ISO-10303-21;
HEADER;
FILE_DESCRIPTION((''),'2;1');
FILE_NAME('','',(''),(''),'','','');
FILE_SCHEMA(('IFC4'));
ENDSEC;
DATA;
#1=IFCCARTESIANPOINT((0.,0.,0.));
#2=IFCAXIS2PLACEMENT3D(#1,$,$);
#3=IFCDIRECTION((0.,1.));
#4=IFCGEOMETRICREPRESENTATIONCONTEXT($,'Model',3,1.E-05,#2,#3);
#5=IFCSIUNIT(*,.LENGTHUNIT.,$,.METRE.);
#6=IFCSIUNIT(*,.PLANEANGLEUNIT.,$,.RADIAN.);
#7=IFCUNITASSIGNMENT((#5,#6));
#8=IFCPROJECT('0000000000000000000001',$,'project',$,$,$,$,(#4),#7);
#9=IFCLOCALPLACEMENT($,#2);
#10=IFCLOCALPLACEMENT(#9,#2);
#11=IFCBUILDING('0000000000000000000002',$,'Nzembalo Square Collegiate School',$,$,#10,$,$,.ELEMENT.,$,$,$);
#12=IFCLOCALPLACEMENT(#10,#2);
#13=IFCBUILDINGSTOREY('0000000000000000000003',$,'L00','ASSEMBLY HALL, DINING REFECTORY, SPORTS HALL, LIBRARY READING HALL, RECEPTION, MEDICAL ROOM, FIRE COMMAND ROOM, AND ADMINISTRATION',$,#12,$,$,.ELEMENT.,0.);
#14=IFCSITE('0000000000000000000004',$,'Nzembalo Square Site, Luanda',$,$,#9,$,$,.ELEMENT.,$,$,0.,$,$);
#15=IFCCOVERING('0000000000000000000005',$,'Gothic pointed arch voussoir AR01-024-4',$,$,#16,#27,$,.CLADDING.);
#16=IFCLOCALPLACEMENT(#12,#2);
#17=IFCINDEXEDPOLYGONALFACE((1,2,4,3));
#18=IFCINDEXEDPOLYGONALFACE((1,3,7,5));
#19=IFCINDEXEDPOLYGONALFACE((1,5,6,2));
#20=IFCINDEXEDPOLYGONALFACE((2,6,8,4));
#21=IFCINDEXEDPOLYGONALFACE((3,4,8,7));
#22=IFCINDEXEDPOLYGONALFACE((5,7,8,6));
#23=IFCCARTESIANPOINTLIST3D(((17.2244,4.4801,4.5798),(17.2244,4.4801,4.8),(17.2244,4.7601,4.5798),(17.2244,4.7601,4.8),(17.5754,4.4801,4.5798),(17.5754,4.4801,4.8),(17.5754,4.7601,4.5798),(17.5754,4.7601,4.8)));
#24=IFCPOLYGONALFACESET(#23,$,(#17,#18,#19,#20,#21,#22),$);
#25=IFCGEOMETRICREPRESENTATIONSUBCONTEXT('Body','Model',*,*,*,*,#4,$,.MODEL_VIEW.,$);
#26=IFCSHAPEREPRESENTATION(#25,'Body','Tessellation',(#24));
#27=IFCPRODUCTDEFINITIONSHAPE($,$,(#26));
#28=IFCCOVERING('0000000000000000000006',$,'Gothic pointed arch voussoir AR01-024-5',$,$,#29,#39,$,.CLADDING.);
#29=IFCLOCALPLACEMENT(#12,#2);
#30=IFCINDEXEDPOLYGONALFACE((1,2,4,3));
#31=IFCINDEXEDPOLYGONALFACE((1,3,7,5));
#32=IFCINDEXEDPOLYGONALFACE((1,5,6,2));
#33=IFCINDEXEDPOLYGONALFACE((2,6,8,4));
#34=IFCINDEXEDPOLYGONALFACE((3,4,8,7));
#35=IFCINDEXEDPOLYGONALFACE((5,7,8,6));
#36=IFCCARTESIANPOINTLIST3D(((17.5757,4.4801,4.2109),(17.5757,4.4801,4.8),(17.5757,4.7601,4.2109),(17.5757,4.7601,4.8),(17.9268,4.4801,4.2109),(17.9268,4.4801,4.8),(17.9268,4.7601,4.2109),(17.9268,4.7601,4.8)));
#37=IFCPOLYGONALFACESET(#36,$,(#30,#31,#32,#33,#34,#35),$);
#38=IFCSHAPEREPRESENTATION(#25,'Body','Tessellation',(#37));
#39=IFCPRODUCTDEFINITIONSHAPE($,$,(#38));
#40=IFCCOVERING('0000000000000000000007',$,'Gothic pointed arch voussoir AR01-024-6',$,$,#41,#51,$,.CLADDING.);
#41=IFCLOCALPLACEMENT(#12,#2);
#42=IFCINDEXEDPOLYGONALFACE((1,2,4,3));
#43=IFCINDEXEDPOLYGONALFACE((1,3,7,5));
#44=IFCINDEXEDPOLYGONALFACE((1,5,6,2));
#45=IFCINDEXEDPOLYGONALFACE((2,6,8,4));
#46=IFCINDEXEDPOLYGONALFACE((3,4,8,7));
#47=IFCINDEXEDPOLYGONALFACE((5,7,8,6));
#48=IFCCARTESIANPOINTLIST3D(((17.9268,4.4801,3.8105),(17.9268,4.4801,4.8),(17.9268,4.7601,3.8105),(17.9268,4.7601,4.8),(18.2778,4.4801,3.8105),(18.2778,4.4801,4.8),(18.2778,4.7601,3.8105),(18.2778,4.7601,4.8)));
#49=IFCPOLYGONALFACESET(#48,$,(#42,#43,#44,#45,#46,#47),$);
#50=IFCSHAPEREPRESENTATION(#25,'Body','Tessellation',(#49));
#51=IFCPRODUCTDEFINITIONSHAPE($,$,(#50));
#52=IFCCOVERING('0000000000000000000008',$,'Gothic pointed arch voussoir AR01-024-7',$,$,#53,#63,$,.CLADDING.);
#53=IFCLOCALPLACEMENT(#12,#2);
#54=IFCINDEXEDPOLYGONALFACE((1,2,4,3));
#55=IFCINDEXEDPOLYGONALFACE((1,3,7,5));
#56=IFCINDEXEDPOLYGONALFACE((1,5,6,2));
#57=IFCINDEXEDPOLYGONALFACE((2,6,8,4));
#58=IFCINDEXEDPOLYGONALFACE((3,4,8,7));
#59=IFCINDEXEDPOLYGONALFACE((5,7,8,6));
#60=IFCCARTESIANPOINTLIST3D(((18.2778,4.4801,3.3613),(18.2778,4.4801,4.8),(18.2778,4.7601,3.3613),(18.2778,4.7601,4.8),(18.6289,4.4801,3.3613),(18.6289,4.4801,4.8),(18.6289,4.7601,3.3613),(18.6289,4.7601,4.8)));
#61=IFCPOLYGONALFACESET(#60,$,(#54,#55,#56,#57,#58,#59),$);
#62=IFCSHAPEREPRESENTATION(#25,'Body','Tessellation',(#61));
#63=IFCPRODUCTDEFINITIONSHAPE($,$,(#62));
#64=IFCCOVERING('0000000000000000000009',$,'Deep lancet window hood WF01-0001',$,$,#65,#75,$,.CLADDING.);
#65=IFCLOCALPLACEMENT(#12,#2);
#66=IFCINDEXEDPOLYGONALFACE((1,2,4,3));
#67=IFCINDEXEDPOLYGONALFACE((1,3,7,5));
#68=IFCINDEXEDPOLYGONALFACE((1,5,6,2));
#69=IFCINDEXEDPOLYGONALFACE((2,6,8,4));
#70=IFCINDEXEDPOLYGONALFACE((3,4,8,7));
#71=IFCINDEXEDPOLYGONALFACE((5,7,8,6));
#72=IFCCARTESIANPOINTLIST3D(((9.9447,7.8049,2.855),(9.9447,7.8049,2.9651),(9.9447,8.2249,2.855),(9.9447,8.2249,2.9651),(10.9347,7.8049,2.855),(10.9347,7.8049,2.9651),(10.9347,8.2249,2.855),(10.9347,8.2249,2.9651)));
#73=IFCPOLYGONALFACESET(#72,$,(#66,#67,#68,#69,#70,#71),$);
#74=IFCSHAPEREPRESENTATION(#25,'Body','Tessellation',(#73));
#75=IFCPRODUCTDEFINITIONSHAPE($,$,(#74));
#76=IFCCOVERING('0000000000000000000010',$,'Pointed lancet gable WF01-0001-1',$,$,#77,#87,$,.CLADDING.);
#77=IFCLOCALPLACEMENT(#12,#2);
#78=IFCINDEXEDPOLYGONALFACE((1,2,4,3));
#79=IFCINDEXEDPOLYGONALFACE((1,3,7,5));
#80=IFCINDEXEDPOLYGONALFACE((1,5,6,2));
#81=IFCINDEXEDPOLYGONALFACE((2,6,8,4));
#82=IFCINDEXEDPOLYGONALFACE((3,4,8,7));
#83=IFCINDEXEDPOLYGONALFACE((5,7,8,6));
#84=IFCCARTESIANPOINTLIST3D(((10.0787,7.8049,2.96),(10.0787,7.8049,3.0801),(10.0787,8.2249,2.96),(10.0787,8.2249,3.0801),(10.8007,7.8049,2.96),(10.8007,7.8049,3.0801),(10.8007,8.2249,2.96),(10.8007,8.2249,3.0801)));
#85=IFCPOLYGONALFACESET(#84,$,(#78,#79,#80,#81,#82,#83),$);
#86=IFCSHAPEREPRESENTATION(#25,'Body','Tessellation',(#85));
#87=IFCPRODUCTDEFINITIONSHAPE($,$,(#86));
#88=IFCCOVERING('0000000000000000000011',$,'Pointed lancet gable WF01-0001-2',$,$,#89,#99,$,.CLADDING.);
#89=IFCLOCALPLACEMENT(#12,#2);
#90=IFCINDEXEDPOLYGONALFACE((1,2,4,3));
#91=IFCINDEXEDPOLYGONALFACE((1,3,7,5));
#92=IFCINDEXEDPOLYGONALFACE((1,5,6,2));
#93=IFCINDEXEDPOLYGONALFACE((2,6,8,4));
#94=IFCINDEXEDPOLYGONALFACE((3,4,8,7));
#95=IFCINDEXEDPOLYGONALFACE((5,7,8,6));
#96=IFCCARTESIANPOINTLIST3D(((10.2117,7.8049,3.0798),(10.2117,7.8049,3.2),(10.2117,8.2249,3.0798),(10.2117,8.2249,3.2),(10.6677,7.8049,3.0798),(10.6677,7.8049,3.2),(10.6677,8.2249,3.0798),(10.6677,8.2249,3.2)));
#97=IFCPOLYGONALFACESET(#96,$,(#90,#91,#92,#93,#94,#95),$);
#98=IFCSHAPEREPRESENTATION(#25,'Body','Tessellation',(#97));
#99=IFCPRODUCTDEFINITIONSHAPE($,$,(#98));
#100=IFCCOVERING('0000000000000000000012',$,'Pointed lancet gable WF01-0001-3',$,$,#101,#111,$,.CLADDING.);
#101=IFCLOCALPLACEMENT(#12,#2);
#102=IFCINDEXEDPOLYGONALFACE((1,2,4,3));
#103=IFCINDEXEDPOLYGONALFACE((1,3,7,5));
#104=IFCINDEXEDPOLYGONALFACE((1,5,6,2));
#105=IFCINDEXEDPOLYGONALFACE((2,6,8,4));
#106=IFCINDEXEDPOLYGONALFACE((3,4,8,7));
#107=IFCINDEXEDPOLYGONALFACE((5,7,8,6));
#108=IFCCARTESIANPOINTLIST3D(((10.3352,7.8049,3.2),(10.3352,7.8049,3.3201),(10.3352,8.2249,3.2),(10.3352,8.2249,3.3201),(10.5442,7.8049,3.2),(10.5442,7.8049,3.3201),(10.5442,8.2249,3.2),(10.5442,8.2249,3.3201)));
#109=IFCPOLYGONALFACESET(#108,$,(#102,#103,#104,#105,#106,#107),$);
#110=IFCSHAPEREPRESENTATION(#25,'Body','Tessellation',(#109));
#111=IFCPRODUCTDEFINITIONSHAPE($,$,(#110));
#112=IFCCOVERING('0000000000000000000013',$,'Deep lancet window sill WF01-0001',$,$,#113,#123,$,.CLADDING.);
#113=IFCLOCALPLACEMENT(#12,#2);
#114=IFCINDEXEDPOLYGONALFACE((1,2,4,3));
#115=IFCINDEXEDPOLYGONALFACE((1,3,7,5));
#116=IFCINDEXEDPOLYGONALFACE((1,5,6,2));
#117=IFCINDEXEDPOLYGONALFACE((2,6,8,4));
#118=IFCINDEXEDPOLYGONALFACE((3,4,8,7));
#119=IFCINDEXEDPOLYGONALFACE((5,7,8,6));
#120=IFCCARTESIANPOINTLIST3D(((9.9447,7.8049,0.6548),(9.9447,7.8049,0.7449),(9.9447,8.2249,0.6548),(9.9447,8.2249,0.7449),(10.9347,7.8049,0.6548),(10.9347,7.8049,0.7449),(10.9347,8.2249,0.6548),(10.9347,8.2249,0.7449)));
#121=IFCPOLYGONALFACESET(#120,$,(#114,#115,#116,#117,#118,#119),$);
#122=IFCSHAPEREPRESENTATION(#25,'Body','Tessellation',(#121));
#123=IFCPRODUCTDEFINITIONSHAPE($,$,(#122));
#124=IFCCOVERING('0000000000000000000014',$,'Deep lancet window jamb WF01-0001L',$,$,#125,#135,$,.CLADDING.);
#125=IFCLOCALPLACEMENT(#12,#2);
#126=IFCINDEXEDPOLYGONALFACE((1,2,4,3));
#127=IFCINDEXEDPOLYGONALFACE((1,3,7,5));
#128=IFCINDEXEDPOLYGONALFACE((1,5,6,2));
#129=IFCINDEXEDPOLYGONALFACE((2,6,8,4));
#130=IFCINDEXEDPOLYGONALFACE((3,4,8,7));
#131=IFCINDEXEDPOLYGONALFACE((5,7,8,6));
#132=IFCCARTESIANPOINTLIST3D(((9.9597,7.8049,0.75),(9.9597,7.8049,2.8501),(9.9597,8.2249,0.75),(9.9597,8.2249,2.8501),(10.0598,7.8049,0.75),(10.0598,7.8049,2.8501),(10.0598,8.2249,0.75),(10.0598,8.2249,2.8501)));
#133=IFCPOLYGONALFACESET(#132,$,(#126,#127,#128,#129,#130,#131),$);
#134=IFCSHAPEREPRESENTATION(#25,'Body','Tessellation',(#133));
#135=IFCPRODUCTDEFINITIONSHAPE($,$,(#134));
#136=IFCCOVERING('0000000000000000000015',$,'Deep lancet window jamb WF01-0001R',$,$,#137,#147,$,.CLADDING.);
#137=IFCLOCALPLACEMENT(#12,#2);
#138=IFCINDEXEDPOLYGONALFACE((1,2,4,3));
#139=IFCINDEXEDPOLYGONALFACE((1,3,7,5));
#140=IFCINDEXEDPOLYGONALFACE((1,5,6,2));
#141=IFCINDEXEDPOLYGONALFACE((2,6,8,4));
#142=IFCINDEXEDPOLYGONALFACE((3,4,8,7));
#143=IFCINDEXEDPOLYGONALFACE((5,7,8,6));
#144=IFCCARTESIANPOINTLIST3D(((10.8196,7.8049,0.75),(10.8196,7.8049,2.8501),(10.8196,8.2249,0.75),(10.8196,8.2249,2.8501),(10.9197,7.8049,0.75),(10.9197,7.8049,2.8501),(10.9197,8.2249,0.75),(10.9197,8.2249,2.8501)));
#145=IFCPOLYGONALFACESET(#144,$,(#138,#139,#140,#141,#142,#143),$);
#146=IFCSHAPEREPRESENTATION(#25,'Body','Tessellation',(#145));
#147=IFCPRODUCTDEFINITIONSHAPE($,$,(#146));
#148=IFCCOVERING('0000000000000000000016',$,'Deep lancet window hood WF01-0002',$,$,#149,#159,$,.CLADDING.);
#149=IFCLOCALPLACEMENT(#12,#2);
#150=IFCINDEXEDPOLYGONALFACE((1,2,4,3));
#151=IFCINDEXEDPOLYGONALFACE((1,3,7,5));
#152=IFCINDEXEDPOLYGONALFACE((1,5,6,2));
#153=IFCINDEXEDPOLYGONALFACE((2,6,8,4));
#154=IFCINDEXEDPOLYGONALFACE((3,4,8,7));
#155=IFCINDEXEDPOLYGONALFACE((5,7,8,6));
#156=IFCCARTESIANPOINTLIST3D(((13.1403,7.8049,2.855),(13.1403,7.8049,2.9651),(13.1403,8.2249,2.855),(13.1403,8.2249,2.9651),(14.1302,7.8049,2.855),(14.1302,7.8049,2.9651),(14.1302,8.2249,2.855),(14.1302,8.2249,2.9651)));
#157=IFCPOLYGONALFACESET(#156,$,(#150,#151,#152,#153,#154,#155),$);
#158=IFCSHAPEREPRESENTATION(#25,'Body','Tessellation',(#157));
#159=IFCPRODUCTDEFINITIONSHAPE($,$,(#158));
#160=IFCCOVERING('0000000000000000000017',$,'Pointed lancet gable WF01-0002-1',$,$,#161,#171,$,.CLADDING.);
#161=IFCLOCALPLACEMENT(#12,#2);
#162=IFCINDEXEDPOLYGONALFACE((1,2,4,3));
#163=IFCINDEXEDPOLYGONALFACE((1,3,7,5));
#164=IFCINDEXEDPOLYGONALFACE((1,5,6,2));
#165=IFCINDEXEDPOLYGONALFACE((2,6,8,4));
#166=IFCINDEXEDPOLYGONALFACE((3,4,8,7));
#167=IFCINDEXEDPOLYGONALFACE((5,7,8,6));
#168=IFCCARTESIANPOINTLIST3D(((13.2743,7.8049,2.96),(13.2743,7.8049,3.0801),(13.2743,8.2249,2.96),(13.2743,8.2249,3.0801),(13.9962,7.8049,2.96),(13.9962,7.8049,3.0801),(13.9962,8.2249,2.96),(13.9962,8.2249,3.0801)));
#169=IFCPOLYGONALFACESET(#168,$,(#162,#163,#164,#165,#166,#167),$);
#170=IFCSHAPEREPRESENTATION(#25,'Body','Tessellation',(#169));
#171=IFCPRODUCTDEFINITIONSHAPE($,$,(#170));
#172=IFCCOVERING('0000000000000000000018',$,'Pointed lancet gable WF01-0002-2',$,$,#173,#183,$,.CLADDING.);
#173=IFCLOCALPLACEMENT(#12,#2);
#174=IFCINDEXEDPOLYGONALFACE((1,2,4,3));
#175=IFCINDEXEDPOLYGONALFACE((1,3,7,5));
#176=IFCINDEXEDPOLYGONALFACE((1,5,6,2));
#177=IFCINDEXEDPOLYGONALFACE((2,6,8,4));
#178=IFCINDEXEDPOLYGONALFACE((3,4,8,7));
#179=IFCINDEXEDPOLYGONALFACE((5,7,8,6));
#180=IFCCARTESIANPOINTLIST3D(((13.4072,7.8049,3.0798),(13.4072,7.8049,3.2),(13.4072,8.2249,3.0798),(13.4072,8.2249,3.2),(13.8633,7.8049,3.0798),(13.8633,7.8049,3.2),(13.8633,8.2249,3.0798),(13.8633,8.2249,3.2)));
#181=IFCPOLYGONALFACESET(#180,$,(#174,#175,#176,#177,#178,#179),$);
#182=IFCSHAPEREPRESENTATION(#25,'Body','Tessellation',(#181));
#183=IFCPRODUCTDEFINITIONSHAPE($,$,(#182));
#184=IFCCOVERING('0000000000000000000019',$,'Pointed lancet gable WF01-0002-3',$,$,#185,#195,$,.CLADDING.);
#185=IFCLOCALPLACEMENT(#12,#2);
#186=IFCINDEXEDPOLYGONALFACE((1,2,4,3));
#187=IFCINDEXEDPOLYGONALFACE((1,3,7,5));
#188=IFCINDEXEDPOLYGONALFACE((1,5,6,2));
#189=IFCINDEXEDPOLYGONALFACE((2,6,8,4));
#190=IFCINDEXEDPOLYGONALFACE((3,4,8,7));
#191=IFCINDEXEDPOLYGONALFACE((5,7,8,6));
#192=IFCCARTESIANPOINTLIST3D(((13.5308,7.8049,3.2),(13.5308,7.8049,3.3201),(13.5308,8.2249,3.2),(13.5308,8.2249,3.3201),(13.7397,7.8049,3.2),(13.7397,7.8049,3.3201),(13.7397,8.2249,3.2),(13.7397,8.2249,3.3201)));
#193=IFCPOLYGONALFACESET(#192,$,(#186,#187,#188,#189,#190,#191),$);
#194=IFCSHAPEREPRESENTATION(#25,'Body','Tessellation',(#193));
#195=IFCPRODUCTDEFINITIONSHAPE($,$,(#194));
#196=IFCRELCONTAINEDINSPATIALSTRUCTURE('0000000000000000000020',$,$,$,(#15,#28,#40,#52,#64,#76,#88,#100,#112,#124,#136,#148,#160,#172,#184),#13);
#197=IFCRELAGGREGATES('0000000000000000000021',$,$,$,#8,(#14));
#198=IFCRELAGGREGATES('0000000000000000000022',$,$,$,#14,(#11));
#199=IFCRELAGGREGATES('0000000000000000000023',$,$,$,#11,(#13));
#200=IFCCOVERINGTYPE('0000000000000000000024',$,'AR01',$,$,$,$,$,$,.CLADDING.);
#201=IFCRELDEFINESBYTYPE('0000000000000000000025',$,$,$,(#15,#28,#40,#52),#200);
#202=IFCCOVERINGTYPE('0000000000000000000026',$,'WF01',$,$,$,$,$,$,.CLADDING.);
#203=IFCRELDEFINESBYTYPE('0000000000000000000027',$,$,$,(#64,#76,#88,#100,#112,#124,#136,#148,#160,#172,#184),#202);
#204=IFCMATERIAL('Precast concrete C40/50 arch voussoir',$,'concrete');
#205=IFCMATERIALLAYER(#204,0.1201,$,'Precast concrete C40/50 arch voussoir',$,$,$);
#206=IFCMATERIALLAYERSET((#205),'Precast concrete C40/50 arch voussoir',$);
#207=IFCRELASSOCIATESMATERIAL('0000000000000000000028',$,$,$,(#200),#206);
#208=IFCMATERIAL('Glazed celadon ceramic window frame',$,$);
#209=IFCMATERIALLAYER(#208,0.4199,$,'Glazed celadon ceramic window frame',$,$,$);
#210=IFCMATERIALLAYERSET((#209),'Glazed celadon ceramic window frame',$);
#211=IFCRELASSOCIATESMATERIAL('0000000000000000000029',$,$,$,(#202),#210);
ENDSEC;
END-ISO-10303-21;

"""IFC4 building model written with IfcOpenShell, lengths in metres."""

from ifc_helpers import new_model, si_unit, direction, frame, origin, origin_2d, place, context, subcontext, project, spatial, rectangle, extrude, material, layer, layer_set, type_object, element, save


model = new_model("IFC4")

# Units and contexts
model_context = context("Model", 3, precision=1e-05, world=origin(), true_north=direction((0.0, 1.0)))
body_context = subcontext(model_context, "Body", "Model", "MODEL_VIEW")
ifc_project = project(units=[si_unit("LENGTHUNIT", "METRE"), si_unit("PLANEANGLEUNIT", "RADIAN")], contexts=[model_context])

# Site, building, storey
site_placement = place(None, origin())
site = spatial("IfcSite", under=ifc_project, at=site_placement, Name="Nzembalo Square Site, Luanda", CompositionType="ELEMENT", RefElevation=0.0)
building_placement = place(site_placement, origin())
building = spatial("IfcBuilding", under=site, at=building_placement, Name="Nzembalo Square Collegiate School", CompositionType="ELEMENT")
storey_placement = place(building_placement, origin())
storey = spatial("IfcBuildingStorey", under=building, at=storey_placement, Name="L00", Description="ASSEMBLY HALL, DINING REFECTORY, SPORTS HALL, LIBRARY READING HALL, RECEPTION, MEDICAL ROOM, FIRE COMMAND ROOM, AND ADMINISTRATION", CompositionType="ELEMENT", Elevation=0.0)

# Coverings
ifc_material_1 = material(Name="Precast concrete C40/50 arch voussoir", Category="concrete")
ifc_layer_1 = layer(ifc_material_1, 0.1201, Name="Precast concrete C40/50 arch voussoir")
ifc_layer_set_1 = layer_set([ifc_layer_1], Name="Precast concrete C40/50 arch voussoir")
covering_type_1 = type_object("IfcCoveringType", Name="AR01", PredefinedType="CLADDING", material=ifc_layer_set_1)
covering_1_placement = place(storey_placement, frame((17.3999, 4.6201, 4.5798), z_axis=(0.0, 0.0, 1.0), x_axis=(1.0, 0.0, 0.0)))
element("IfcCovering", 1, at=covering_1_placement, inside=storey, type_object=covering_type_1, Name="Gothic pointed arch voussoir AR01-024-4", PredefinedType="CLADDING", context=body_context, shape_type="SweptSolid", body=[
    extrude(rectangle(XDim=0.3511, YDim=0.28, at=origin_2d()), origin(), (0.0, 0.0, 1.0), 0.2202),
])
covering_2_placement = place(storey_placement, frame((17.7512, 4.6201, 4.2109), z_axis=(0.0, 0.0, 1.0), x_axis=(1.0, 0.0, 0.0)))
element("IfcCovering", 2, at=covering_2_placement, inside=storey, type_object=covering_type_1, Name="Gothic pointed arch voussoir AR01-024-5", PredefinedType="CLADDING", context=body_context, shape_type="SweptSolid", body=[
    extrude(rectangle(XDim=0.3511, YDim=0.28, at=origin_2d()), origin(), (0.0, 0.0, 1.0), 0.5891),
])
covering_3_placement = place(storey_placement, frame((18.1023, 4.6201, 3.8105), z_axis=(0.0, 0.0, 1.0), x_axis=(1.0, 0.0, 0.0)))
element("IfcCovering", 3, at=covering_3_placement, inside=storey, type_object=covering_type_1, Name="Gothic pointed arch voussoir AR01-024-6", PredefinedType="CLADDING", context=body_context, shape_type="SweptSolid", body=[
    extrude(rectangle(XDim=0.3511, YDim=0.28, at=origin_2d()), origin(), (0.0, 0.0, 1.0), 0.9895),
])
covering_4_placement = place(storey_placement, frame((18.4534, 4.6201, 3.3613), z_axis=(0.0, 0.0, 1.0), x_axis=(1.0, 0.0, 0.0)))
element("IfcCovering", 4, at=covering_4_placement, inside=storey, type_object=covering_type_1, Name="Gothic pointed arch voussoir AR01-024-7", PredefinedType="CLADDING", context=body_context, shape_type="SweptSolid", body=[
    extrude(rectangle(XDim=0.3511, YDim=0.28, at=origin_2d()), origin(), (0.0, 0.0, 1.0), 1.4387),
])
ifc_material_2 = material(Name="Glazed celadon ceramic window frame")
ifc_layer_2 = layer(ifc_material_2, 0.4199, Name="Glazed celadon ceramic window frame")
ifc_layer_set_2 = layer_set([ifc_layer_2], Name="Glazed celadon ceramic window frame")
covering_type_2 = type_object("IfcCoveringType", Name="WF01", PredefinedType="CLADDING", material=ifc_layer_set_2)
covering_5_placement = place(storey_placement, frame((10.4397, 8.0149, 2.855), z_axis=(0.0, 0.0, 1.0), x_axis=(1.0, 0.0, 0.0)))
element("IfcCovering", 5, at=covering_5_placement, inside=storey, type_object=covering_type_2, Name="Deep lancet window hood WF01-0001", PredefinedType="CLADDING", context=body_context, shape_type="SweptSolid", body=[
    extrude(rectangle(XDim=0.99, YDim=0.4199, at=origin_2d()), origin(), (0.0, 0.0, 1.0), 0.1101),
])
covering_6_placement = place(storey_placement, frame((10.4397, 8.0149, 2.96), z_axis=(0.0, 0.0, 1.0), x_axis=(1.0, 0.0, 0.0)))
element("IfcCovering", 6, at=covering_6_placement, inside=storey, type_object=covering_type_2, Name="Pointed lancet gable WF01-0001-1", PredefinedType="CLADDING", context=body_context, shape_type="SweptSolid", body=[
    extrude(rectangle(XDim=0.7219, YDim=0.4199, at=origin_2d()), origin(), (0.0, 0.0, 1.0), 0.1201),
])
covering_7_placement = place(storey_placement, frame((10.4397, 8.0149, 3.0798), z_axis=(0.0, 0.0, 1.0), x_axis=(1.0, 0.0, 0.0)))
element("IfcCovering", 7, at=covering_7_placement, inside=storey, type_object=covering_type_2, Name="Pointed lancet gable WF01-0001-2", PredefinedType="CLADDING", context=body_context, shape_type="SweptSolid", body=[
    extrude(rectangle(XDim=0.4561, YDim=0.4199, at=origin_2d()), origin(), (0.0, 0.0, 1.0), 0.1201),
])
covering_8_placement = place(storey_placement, frame((10.4397, 8.0149, 3.2), z_axis=(0.0, 0.0, 1.0), x_axis=(1.0, 0.0, 0.0)))
element("IfcCovering", 8, at=covering_8_placement, inside=storey, type_object=covering_type_2, Name="Pointed lancet gable WF01-0001-3", PredefinedType="CLADDING", context=body_context, shape_type="SweptSolid", body=[
    extrude(rectangle(XDim=0.209, YDim=0.4199, at=origin_2d()), origin(), (0.0, 0.0, 1.0), 0.1201),
])
covering_9_placement = place(storey_placement, frame((10.4397, 8.0149, 0.6548), z_axis=(0.0, 0.0, 1.0), x_axis=(1.0, 0.0, 0.0)))
element("IfcCovering", 9, at=covering_9_placement, inside=storey, type_object=covering_type_2, Name="Deep lancet window sill WF01-0001", PredefinedType="CLADDING", context=body_context, shape_type="SweptSolid", body=[
    extrude(rectangle(XDim=0.99, YDim=0.4199, at=origin_2d()), origin(), (0.0, 0.0, 1.0), 0.0901),
])
for number, where, z_axis, x_axis, name in (
    (10, (10.0098, 8.0149, 0.75), (0.0, 0.0, 1.0), (1.0, 0.0, 0.0), "Deep lancet window jamb WF01-0001L"),
    (11, (10.8696, 8.0149, 0.75), (0.0, 0.0, 1.0), (1.0, 0.0, 0.0), "Deep lancet window jamb WF01-0001R"),
):
    element("IfcCovering", number, at=place(storey_placement, frame(where, z_axis=z_axis, x_axis=x_axis)), inside=storey, type_object=covering_type_2, Name=name, PredefinedType="CLADDING", context=body_context, shape_type="SweptSolid", body=[
        extrude(rectangle(XDim=0.1001, YDim=0.4199, at=origin_2d()), origin(), (0.0, 0.0, 1.0), 2.1001),
    ])
covering_10_placement = place(storey_placement, frame((13.6353, 8.0149, 2.855), z_axis=(0.0, 0.0, 1.0), x_axis=(1.0, 0.0, 0.0)))
element("IfcCovering", 12, at=covering_10_placement, inside=storey, type_object=covering_type_2, Name="Deep lancet window hood WF01-0002", PredefinedType="CLADDING", context=body_context, shape_type="SweptSolid", body=[
    extrude(rectangle(XDim=0.99, YDim=0.4199, at=origin_2d()), origin(), (0.0, 0.0, 1.0), 0.1101),
])
covering_11_placement = place(storey_placement, frame((13.6353, 8.0149, 2.96), z_axis=(0.0, 0.0, 1.0), x_axis=(1.0, 0.0, 0.0)))
element("IfcCovering", 13, at=covering_11_placement, inside=storey, type_object=covering_type_2, Name="Pointed lancet gable WF01-0002-1", PredefinedType="CLADDING", context=body_context, shape_type="SweptSolid", body=[
    extrude(rectangle(XDim=0.7219, YDim=0.4199, at=origin_2d()), origin(), (0.0, 0.0, 1.0), 0.1201),
])
covering_12_placement = place(storey_placement, frame((13.6353, 8.0149, 3.0798), z_axis=(0.0, 0.0, 1.0), x_axis=(1.0, 0.0, 0.0)))
element("IfcCovering", 14, at=covering_12_placement, inside=storey, type_object=covering_type_2, Name="Pointed lancet gable WF01-0002-2", PredefinedType="CLADDING", context=body_context, shape_type="SweptSolid", body=[
    extrude(rectangle(XDim=0.4561, YDim=0.4199, at=origin_2d()), origin(), (0.0, 0.0, 1.0), 0.1201),
])
covering_13_placement = place(storey_placement, frame((13.6353, 8.0149, 3.2), z_axis=(0.0, 0.0, 1.0), x_axis=(1.0, 0.0, 0.0)))
element("IfcCovering", 15, at=covering_13_placement, inside=storey, type_object=covering_type_2, Name="Pointed lancet gable WF01-0002-3", PredefinedType="CLADDING", context=body_context, shape_type="SweptSolid", body=[
    extrude(rectangle(XDim=0.209, YDim=0.4199, at=origin_2d()), origin(), (0.0, 0.0, 1.0), 0.1201),
])

save(model, "model.ifc")
